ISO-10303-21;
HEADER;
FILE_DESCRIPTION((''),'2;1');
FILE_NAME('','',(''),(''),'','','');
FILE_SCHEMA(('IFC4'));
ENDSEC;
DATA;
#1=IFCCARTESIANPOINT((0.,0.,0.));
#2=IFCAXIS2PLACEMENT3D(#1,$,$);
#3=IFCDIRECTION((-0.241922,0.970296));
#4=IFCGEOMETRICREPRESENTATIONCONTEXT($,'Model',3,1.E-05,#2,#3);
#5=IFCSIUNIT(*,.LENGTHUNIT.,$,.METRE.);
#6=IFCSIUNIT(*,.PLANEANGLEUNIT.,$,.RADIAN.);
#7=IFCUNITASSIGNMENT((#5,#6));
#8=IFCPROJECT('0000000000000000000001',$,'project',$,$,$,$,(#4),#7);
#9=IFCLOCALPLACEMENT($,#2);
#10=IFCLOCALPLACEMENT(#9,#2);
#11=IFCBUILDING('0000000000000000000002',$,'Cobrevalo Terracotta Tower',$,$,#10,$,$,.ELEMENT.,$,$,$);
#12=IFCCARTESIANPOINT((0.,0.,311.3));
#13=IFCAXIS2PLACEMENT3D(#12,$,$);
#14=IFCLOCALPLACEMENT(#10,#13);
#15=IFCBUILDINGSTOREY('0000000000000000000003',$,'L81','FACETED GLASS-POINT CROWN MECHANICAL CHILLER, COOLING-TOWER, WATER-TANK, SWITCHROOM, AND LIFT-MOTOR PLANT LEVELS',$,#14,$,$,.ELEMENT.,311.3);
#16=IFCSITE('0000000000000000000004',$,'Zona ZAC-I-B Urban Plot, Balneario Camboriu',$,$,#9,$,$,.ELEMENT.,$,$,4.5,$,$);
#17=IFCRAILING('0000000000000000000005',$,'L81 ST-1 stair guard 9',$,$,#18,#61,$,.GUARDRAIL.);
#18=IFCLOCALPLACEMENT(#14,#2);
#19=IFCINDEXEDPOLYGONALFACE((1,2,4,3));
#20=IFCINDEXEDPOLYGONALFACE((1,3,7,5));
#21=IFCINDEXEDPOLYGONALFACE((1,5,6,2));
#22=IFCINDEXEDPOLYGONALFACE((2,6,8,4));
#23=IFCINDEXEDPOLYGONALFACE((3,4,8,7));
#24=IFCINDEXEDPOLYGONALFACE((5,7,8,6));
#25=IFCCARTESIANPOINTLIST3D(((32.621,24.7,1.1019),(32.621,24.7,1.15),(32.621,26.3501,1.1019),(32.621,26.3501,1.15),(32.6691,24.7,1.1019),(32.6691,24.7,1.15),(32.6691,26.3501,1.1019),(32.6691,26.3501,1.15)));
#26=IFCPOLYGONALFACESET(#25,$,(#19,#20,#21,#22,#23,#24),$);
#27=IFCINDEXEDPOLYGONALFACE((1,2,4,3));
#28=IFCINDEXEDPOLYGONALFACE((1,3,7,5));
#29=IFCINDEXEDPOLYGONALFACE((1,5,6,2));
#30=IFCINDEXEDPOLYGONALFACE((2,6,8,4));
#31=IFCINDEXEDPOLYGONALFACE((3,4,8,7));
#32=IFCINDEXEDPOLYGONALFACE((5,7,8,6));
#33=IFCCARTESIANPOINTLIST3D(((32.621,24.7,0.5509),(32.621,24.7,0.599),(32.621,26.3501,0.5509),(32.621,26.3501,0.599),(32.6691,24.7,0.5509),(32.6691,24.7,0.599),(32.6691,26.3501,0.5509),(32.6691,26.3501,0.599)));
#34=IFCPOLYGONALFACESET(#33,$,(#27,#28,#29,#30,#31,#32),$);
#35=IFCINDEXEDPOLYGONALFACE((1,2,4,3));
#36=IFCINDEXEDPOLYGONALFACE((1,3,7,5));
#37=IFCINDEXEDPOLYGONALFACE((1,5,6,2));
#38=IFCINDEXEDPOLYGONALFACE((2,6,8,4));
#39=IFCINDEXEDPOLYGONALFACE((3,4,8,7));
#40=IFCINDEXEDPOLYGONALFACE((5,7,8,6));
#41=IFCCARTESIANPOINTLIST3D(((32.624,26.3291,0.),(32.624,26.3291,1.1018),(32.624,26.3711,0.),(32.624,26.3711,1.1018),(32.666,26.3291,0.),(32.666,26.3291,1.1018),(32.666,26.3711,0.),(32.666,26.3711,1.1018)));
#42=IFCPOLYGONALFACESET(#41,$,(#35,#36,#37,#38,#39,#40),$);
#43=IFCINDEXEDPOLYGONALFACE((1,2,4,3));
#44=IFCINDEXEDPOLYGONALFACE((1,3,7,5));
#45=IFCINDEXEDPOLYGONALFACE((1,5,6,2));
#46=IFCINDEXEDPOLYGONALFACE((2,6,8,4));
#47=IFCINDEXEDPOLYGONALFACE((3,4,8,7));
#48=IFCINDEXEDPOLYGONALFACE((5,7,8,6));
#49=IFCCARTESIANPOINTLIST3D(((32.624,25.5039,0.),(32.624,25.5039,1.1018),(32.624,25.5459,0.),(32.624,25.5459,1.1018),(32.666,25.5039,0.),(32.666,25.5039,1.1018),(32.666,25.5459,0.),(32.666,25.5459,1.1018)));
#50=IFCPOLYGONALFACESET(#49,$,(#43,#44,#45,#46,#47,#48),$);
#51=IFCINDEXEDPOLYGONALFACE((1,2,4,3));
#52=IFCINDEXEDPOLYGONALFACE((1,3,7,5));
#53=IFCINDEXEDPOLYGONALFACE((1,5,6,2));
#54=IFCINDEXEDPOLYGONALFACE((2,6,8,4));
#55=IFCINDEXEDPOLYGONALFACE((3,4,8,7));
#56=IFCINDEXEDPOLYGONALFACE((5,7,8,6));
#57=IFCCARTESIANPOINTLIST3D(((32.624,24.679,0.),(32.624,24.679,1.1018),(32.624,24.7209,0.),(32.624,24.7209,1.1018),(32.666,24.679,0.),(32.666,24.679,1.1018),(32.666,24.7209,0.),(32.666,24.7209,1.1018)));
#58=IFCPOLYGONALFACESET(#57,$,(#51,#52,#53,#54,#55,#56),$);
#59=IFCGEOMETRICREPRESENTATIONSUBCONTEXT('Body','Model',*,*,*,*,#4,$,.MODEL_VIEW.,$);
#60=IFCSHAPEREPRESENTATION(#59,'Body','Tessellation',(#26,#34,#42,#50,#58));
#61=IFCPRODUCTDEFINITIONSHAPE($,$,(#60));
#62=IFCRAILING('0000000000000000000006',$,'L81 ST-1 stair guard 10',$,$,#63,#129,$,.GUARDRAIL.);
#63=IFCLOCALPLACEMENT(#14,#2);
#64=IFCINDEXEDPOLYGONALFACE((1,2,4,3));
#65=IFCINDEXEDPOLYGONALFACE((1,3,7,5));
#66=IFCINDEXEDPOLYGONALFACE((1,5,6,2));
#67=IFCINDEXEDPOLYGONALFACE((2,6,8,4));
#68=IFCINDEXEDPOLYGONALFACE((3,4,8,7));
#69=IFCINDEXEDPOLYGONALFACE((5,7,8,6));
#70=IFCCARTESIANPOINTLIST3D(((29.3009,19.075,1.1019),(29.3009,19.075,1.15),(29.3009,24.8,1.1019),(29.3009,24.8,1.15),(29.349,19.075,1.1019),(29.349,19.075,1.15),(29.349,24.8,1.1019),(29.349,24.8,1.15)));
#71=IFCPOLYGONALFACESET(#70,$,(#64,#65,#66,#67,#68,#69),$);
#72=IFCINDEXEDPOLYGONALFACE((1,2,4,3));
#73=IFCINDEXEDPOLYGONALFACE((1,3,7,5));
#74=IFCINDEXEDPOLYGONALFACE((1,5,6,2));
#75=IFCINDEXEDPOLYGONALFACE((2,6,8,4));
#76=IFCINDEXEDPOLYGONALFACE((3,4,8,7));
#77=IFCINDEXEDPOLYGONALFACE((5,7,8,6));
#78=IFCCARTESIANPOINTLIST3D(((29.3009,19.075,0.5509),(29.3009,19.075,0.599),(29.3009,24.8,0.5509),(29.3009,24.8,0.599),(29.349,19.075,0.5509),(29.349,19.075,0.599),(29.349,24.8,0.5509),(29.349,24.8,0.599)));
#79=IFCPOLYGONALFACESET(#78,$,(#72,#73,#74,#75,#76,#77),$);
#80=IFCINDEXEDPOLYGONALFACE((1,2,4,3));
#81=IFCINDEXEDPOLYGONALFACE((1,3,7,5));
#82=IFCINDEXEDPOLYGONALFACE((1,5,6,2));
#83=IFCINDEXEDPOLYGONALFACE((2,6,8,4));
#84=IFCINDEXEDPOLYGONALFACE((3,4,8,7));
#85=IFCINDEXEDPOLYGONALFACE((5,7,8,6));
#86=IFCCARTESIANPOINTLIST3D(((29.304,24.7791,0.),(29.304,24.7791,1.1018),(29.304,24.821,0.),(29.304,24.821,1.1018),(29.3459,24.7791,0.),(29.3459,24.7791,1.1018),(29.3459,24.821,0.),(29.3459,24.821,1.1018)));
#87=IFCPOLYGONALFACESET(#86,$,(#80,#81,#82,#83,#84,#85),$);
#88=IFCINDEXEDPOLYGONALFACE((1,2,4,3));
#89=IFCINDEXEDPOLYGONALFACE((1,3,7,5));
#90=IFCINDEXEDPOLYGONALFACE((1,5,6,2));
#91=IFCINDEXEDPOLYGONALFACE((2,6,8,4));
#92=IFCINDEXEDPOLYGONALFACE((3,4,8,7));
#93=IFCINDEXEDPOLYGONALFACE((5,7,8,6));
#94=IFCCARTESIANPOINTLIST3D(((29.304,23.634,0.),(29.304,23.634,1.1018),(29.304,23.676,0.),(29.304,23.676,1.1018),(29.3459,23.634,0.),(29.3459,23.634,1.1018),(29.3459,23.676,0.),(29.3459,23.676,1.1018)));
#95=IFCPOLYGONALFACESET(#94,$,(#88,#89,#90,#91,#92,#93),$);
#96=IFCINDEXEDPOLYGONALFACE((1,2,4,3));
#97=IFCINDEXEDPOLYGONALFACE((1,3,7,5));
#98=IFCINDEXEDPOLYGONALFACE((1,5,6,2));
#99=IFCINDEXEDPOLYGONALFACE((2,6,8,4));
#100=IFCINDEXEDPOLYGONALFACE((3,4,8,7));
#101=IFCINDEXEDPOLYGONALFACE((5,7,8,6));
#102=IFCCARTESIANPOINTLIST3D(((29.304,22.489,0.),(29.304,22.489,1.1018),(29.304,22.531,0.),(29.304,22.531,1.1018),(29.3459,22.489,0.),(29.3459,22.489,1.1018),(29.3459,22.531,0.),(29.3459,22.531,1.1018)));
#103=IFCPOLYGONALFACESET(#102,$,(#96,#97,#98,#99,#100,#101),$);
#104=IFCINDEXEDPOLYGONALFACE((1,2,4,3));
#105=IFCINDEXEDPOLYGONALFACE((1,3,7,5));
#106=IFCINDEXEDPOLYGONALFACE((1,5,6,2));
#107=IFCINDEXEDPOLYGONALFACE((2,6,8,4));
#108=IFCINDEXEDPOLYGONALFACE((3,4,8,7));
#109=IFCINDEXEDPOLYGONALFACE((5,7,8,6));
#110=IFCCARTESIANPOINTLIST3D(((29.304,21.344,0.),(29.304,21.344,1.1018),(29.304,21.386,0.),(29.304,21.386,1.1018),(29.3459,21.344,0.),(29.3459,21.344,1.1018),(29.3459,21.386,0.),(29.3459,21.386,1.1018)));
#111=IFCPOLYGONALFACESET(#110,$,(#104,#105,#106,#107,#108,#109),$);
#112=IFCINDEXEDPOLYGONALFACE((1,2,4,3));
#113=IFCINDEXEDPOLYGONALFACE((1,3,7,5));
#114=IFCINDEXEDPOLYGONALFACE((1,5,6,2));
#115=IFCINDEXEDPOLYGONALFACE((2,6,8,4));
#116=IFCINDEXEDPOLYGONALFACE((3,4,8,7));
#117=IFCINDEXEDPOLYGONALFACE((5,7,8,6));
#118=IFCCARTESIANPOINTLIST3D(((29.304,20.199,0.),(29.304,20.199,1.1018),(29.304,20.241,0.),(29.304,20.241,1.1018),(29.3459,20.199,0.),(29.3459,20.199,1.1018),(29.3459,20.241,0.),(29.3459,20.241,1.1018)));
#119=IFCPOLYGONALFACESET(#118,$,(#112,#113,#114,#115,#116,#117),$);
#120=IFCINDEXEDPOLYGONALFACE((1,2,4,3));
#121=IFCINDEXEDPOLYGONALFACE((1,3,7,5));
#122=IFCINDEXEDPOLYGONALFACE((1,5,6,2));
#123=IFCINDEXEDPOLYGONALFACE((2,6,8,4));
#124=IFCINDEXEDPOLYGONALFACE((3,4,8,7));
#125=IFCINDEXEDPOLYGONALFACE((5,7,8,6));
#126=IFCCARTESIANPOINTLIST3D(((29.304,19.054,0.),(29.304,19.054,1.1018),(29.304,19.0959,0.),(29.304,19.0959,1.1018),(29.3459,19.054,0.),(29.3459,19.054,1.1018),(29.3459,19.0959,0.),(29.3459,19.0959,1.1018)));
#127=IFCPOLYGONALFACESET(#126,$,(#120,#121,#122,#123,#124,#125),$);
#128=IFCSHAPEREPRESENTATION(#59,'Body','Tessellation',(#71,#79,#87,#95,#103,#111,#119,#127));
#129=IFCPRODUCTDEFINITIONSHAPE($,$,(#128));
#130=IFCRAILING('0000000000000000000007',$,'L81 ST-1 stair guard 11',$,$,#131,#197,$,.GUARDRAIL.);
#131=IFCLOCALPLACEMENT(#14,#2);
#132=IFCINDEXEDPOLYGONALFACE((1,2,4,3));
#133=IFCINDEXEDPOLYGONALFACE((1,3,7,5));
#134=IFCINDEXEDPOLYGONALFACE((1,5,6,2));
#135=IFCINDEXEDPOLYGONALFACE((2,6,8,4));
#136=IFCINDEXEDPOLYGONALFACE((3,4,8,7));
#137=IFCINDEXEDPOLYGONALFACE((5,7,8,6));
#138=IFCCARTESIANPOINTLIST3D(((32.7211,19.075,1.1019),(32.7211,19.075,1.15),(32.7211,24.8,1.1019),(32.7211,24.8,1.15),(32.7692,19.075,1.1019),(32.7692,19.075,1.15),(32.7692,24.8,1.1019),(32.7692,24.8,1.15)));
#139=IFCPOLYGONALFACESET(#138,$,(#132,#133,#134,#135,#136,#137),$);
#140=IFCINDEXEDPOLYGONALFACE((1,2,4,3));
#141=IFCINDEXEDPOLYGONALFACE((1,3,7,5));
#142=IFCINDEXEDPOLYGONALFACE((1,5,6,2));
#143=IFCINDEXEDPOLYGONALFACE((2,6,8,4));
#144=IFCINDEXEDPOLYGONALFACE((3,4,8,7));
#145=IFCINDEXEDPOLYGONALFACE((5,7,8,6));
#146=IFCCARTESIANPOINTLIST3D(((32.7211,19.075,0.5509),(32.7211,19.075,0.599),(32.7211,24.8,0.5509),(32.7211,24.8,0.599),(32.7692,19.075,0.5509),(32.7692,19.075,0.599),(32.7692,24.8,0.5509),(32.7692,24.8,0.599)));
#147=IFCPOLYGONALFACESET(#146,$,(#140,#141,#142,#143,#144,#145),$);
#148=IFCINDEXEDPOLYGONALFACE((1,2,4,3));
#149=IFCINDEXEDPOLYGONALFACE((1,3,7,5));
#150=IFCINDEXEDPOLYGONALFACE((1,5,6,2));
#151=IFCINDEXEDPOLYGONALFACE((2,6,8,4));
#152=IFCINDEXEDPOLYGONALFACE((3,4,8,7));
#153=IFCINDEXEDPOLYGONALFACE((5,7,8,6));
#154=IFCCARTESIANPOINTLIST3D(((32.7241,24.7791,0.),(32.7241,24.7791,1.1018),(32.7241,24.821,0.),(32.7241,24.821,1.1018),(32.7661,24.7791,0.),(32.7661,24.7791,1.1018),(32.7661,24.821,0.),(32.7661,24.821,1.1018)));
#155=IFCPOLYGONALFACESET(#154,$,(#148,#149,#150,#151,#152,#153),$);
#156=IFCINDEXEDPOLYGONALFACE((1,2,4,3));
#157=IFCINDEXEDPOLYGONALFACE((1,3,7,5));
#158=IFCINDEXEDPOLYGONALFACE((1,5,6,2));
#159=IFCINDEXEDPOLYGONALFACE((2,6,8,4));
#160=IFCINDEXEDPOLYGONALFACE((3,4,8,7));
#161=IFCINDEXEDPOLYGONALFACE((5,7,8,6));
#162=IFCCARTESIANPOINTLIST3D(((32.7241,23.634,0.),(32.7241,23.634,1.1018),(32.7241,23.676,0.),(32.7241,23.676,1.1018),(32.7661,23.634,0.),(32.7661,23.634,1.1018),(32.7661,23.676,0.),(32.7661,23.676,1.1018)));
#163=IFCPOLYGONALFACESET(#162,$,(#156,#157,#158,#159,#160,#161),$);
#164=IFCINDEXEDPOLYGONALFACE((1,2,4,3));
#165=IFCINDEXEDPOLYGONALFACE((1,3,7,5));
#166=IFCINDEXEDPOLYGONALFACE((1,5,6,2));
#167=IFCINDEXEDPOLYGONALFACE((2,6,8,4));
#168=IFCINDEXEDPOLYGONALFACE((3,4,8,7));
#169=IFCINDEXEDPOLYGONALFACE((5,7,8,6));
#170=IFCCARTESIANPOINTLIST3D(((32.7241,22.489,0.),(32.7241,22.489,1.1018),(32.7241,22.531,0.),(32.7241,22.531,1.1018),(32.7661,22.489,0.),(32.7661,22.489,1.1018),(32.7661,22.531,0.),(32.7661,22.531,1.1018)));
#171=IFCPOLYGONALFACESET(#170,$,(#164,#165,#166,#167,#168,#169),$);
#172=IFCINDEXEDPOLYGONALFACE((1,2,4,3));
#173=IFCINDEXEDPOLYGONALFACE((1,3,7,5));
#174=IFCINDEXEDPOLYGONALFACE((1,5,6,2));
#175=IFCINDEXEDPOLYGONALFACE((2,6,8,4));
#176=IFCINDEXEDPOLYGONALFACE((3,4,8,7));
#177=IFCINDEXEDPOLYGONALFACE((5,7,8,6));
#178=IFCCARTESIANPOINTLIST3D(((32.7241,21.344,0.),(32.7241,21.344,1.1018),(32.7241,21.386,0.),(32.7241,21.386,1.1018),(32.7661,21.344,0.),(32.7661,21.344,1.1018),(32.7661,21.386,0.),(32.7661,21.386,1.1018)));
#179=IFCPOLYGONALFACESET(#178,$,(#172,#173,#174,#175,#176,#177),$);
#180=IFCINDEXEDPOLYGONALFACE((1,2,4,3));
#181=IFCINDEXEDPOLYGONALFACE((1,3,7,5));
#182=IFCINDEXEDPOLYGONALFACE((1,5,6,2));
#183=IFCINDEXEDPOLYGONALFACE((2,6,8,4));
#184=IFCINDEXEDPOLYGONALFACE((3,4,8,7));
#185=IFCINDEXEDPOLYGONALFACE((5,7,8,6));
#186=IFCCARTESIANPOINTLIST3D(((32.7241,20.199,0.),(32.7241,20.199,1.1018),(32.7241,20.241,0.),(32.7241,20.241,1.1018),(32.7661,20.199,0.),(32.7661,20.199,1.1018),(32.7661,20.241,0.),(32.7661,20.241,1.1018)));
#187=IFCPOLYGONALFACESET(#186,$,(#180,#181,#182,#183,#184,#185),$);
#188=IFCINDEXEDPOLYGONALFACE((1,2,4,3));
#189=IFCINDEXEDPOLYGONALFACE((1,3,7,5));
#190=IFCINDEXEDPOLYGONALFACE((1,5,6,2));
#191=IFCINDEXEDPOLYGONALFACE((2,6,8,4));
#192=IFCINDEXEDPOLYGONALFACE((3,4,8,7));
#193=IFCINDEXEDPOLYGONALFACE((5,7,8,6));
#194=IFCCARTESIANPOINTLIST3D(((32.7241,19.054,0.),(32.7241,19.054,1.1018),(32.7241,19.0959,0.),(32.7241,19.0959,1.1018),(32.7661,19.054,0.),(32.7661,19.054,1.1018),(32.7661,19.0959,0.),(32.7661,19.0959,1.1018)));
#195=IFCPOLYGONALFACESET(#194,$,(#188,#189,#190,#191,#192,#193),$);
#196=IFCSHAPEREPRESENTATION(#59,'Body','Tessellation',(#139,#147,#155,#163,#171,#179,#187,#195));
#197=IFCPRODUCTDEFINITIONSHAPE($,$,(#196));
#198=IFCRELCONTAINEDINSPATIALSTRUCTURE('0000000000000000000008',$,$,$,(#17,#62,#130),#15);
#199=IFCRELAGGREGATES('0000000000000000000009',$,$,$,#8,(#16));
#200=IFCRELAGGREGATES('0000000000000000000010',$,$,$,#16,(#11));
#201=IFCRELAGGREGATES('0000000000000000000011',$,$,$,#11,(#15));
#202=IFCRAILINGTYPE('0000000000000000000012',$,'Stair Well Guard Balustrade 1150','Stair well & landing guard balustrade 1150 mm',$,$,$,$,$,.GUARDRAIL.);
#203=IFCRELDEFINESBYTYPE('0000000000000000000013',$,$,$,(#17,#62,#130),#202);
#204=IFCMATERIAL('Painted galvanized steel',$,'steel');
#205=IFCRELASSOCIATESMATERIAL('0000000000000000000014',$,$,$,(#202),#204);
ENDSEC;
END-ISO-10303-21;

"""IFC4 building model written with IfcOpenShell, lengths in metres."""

from ifc_helpers import new_model, si_unit, direction, frame, origin, origin_2d, place, context, subcontext, project, spatial, rectangle, extrude, material, type_object, element, save


model = new_model("IFC4")

# Units and contexts
model_context = context("Model", 3, precision=1e-05, world=origin(), true_north=direction((-0.241922, 0.970296)))
body_context = subcontext(model_context, "Body", "Model", "MODEL_VIEW")
ifc_project = project(units=[si_unit("LENGTHUNIT", "METRE"), si_unit("PLANEANGLEUNIT", "RADIAN")], contexts=[model_context])

# Site, building, storey
site_placement = place(None, origin())
site = spatial("IfcSite", under=ifc_project, at=site_placement, Name="Zona ZAC-I-B Urban Plot, Balneario Camboriu", CompositionType="ELEMENT", RefElevation=4.5)
building_placement = place(site_placement, origin())
building = spatial("IfcBuilding", under=site, at=building_placement, Name="Cobrevalo Terracotta Tower", CompositionType="ELEMENT")
storey_placement = place(building_placement, frame((0.0, 0.0, 311.3)))
storey = spatial("IfcBuildingStorey", under=building, at=storey_placement, Name="L81", Description="FACETED GLASS-POINT CROWN MECHANICAL CHILLER, COOLING-TOWER, WATER-TANK, SWITCHROOM, AND LIFT-MOTOR PLANT LEVELS", CompositionType="ELEMENT", Elevation=311.3)

# Railings
ifc_material_1 = material(Name="Painted galvanized steel", Category="steel")
railing_type = type_object("IfcRailingType", Name="Stair Well Guard Balustrade 1150", Description="Stair well & landing guard balustrade 1150 mm", PredefinedType="GUARDRAIL", material=ifc_material_1)
for number, where, name in (
    (1, (32.645, 26.3501, 0.0), "L81 ST-1 stair guard 9"),
):
    element("IfcRailing", number, at=place(storey_placement, frame(where)), inside=storey, type_object=railing_type, Name=name, PredefinedType="GUARDRAIL", context=body_context, shape_type="SweptSolid", body=[
        extrude(rectangle(XDim=0.0481, YDim=0.0481, at=origin_2d()), frame((0.0, 0.0, 1.126), z_axis=(0.0, -1.0, 0.0), x_axis=(1.0, 0.0, 0.0)), (0.0, 0.0, 1.0), 1.6501),
        extrude(rectangle(XDim=0.0481, YDim=0.0481, at=origin_2d()), frame((0.0, 0.0, 0.575), z_axis=(0.0, -1.0, 0.0), x_axis=(1.0, 0.0, 0.0)), (0.0, 0.0, 1.0), 1.6501),
        extrude(rectangle(XDim=0.042, YDim=0.042, at=origin_2d()), origin(), (0.0, 0.0, 1.0), 1.1018),
        extrude(rectangle(XDim=0.042, YDim=0.042, at=origin_2d()), frame((0.0, -0.8252, 0.0)), (0.0, 0.0, 1.0), 1.1018),
        extrude(rectangle(XDim=0.042, YDim=0.042, at=origin_2d()), frame((0.0, -1.6501, 0.0)), (0.0, 0.0, 1.0), 1.1018),
    ])
for number, where, name in (
    (2, (29.325, 24.8, 0.0), "L81 ST-1 stair guard 10"),
    (3, (32.7451, 24.8, 0.0), "L81 ST-1 stair guard 11"),
):
    element("IfcRailing", number, at=place(storey_placement, frame(where)), inside=storey, type_object=railing_type, Name=name, PredefinedType="GUARDRAIL", context=body_context, shape_type="SweptSolid", body=[
        extrude(rectangle(XDim=0.0481, YDim=0.0481, at=origin_2d()), frame((0.0, 0.0, 1.126), z_axis=(0.0, -1.0, 0.0), x_axis=(1.0, 0.0, 0.0)), (0.0, 0.0, 1.0), 5.7251),
        extrude(rectangle(XDim=0.0481, YDim=0.0481, at=origin_2d()), frame((0.0, 0.0, 0.575), z_axis=(0.0, -1.0, 0.0), x_axis=(1.0, 0.0, 0.0)), (0.0, 0.0, 1.0), 5.7251),
        extrude(rectangle(XDim=0.042, YDim=0.042, at=origin_2d()), origin(), (0.0, 0.0, 1.0), 1.1018),
        extrude(rectangle(XDim=0.042, YDim=0.042, at=origin_2d()), frame((0.0, -1.145, 0.0)), (0.0, 0.0, 1.0), 1.1018),
        extrude(rectangle(XDim=0.042, YDim=0.042, at=origin_2d()), frame((0.0, -2.29, 0.0)), (0.0, 0.0, 1.0), 1.1018),
        extrude(rectangle(XDim=0.042, YDim=0.042, at=origin_2d()), frame((0.0, -3.4351, 0.0)), (0.0, 0.0, 1.0), 1.1018),
        extrude(rectangle(XDim=0.042, YDim=0.042, at=origin_2d()), frame((0.0, -4.5801, 0.0)), (0.0, 0.0, 1.0), 1.1018),
        extrude(rectangle(XDim=0.042, YDim=0.042, at=origin_2d()), frame((0.0, -5.7251, 0.0)), (0.0, 0.0, 1.0), 1.1018),
    ])

save(model, "model.ifc")
